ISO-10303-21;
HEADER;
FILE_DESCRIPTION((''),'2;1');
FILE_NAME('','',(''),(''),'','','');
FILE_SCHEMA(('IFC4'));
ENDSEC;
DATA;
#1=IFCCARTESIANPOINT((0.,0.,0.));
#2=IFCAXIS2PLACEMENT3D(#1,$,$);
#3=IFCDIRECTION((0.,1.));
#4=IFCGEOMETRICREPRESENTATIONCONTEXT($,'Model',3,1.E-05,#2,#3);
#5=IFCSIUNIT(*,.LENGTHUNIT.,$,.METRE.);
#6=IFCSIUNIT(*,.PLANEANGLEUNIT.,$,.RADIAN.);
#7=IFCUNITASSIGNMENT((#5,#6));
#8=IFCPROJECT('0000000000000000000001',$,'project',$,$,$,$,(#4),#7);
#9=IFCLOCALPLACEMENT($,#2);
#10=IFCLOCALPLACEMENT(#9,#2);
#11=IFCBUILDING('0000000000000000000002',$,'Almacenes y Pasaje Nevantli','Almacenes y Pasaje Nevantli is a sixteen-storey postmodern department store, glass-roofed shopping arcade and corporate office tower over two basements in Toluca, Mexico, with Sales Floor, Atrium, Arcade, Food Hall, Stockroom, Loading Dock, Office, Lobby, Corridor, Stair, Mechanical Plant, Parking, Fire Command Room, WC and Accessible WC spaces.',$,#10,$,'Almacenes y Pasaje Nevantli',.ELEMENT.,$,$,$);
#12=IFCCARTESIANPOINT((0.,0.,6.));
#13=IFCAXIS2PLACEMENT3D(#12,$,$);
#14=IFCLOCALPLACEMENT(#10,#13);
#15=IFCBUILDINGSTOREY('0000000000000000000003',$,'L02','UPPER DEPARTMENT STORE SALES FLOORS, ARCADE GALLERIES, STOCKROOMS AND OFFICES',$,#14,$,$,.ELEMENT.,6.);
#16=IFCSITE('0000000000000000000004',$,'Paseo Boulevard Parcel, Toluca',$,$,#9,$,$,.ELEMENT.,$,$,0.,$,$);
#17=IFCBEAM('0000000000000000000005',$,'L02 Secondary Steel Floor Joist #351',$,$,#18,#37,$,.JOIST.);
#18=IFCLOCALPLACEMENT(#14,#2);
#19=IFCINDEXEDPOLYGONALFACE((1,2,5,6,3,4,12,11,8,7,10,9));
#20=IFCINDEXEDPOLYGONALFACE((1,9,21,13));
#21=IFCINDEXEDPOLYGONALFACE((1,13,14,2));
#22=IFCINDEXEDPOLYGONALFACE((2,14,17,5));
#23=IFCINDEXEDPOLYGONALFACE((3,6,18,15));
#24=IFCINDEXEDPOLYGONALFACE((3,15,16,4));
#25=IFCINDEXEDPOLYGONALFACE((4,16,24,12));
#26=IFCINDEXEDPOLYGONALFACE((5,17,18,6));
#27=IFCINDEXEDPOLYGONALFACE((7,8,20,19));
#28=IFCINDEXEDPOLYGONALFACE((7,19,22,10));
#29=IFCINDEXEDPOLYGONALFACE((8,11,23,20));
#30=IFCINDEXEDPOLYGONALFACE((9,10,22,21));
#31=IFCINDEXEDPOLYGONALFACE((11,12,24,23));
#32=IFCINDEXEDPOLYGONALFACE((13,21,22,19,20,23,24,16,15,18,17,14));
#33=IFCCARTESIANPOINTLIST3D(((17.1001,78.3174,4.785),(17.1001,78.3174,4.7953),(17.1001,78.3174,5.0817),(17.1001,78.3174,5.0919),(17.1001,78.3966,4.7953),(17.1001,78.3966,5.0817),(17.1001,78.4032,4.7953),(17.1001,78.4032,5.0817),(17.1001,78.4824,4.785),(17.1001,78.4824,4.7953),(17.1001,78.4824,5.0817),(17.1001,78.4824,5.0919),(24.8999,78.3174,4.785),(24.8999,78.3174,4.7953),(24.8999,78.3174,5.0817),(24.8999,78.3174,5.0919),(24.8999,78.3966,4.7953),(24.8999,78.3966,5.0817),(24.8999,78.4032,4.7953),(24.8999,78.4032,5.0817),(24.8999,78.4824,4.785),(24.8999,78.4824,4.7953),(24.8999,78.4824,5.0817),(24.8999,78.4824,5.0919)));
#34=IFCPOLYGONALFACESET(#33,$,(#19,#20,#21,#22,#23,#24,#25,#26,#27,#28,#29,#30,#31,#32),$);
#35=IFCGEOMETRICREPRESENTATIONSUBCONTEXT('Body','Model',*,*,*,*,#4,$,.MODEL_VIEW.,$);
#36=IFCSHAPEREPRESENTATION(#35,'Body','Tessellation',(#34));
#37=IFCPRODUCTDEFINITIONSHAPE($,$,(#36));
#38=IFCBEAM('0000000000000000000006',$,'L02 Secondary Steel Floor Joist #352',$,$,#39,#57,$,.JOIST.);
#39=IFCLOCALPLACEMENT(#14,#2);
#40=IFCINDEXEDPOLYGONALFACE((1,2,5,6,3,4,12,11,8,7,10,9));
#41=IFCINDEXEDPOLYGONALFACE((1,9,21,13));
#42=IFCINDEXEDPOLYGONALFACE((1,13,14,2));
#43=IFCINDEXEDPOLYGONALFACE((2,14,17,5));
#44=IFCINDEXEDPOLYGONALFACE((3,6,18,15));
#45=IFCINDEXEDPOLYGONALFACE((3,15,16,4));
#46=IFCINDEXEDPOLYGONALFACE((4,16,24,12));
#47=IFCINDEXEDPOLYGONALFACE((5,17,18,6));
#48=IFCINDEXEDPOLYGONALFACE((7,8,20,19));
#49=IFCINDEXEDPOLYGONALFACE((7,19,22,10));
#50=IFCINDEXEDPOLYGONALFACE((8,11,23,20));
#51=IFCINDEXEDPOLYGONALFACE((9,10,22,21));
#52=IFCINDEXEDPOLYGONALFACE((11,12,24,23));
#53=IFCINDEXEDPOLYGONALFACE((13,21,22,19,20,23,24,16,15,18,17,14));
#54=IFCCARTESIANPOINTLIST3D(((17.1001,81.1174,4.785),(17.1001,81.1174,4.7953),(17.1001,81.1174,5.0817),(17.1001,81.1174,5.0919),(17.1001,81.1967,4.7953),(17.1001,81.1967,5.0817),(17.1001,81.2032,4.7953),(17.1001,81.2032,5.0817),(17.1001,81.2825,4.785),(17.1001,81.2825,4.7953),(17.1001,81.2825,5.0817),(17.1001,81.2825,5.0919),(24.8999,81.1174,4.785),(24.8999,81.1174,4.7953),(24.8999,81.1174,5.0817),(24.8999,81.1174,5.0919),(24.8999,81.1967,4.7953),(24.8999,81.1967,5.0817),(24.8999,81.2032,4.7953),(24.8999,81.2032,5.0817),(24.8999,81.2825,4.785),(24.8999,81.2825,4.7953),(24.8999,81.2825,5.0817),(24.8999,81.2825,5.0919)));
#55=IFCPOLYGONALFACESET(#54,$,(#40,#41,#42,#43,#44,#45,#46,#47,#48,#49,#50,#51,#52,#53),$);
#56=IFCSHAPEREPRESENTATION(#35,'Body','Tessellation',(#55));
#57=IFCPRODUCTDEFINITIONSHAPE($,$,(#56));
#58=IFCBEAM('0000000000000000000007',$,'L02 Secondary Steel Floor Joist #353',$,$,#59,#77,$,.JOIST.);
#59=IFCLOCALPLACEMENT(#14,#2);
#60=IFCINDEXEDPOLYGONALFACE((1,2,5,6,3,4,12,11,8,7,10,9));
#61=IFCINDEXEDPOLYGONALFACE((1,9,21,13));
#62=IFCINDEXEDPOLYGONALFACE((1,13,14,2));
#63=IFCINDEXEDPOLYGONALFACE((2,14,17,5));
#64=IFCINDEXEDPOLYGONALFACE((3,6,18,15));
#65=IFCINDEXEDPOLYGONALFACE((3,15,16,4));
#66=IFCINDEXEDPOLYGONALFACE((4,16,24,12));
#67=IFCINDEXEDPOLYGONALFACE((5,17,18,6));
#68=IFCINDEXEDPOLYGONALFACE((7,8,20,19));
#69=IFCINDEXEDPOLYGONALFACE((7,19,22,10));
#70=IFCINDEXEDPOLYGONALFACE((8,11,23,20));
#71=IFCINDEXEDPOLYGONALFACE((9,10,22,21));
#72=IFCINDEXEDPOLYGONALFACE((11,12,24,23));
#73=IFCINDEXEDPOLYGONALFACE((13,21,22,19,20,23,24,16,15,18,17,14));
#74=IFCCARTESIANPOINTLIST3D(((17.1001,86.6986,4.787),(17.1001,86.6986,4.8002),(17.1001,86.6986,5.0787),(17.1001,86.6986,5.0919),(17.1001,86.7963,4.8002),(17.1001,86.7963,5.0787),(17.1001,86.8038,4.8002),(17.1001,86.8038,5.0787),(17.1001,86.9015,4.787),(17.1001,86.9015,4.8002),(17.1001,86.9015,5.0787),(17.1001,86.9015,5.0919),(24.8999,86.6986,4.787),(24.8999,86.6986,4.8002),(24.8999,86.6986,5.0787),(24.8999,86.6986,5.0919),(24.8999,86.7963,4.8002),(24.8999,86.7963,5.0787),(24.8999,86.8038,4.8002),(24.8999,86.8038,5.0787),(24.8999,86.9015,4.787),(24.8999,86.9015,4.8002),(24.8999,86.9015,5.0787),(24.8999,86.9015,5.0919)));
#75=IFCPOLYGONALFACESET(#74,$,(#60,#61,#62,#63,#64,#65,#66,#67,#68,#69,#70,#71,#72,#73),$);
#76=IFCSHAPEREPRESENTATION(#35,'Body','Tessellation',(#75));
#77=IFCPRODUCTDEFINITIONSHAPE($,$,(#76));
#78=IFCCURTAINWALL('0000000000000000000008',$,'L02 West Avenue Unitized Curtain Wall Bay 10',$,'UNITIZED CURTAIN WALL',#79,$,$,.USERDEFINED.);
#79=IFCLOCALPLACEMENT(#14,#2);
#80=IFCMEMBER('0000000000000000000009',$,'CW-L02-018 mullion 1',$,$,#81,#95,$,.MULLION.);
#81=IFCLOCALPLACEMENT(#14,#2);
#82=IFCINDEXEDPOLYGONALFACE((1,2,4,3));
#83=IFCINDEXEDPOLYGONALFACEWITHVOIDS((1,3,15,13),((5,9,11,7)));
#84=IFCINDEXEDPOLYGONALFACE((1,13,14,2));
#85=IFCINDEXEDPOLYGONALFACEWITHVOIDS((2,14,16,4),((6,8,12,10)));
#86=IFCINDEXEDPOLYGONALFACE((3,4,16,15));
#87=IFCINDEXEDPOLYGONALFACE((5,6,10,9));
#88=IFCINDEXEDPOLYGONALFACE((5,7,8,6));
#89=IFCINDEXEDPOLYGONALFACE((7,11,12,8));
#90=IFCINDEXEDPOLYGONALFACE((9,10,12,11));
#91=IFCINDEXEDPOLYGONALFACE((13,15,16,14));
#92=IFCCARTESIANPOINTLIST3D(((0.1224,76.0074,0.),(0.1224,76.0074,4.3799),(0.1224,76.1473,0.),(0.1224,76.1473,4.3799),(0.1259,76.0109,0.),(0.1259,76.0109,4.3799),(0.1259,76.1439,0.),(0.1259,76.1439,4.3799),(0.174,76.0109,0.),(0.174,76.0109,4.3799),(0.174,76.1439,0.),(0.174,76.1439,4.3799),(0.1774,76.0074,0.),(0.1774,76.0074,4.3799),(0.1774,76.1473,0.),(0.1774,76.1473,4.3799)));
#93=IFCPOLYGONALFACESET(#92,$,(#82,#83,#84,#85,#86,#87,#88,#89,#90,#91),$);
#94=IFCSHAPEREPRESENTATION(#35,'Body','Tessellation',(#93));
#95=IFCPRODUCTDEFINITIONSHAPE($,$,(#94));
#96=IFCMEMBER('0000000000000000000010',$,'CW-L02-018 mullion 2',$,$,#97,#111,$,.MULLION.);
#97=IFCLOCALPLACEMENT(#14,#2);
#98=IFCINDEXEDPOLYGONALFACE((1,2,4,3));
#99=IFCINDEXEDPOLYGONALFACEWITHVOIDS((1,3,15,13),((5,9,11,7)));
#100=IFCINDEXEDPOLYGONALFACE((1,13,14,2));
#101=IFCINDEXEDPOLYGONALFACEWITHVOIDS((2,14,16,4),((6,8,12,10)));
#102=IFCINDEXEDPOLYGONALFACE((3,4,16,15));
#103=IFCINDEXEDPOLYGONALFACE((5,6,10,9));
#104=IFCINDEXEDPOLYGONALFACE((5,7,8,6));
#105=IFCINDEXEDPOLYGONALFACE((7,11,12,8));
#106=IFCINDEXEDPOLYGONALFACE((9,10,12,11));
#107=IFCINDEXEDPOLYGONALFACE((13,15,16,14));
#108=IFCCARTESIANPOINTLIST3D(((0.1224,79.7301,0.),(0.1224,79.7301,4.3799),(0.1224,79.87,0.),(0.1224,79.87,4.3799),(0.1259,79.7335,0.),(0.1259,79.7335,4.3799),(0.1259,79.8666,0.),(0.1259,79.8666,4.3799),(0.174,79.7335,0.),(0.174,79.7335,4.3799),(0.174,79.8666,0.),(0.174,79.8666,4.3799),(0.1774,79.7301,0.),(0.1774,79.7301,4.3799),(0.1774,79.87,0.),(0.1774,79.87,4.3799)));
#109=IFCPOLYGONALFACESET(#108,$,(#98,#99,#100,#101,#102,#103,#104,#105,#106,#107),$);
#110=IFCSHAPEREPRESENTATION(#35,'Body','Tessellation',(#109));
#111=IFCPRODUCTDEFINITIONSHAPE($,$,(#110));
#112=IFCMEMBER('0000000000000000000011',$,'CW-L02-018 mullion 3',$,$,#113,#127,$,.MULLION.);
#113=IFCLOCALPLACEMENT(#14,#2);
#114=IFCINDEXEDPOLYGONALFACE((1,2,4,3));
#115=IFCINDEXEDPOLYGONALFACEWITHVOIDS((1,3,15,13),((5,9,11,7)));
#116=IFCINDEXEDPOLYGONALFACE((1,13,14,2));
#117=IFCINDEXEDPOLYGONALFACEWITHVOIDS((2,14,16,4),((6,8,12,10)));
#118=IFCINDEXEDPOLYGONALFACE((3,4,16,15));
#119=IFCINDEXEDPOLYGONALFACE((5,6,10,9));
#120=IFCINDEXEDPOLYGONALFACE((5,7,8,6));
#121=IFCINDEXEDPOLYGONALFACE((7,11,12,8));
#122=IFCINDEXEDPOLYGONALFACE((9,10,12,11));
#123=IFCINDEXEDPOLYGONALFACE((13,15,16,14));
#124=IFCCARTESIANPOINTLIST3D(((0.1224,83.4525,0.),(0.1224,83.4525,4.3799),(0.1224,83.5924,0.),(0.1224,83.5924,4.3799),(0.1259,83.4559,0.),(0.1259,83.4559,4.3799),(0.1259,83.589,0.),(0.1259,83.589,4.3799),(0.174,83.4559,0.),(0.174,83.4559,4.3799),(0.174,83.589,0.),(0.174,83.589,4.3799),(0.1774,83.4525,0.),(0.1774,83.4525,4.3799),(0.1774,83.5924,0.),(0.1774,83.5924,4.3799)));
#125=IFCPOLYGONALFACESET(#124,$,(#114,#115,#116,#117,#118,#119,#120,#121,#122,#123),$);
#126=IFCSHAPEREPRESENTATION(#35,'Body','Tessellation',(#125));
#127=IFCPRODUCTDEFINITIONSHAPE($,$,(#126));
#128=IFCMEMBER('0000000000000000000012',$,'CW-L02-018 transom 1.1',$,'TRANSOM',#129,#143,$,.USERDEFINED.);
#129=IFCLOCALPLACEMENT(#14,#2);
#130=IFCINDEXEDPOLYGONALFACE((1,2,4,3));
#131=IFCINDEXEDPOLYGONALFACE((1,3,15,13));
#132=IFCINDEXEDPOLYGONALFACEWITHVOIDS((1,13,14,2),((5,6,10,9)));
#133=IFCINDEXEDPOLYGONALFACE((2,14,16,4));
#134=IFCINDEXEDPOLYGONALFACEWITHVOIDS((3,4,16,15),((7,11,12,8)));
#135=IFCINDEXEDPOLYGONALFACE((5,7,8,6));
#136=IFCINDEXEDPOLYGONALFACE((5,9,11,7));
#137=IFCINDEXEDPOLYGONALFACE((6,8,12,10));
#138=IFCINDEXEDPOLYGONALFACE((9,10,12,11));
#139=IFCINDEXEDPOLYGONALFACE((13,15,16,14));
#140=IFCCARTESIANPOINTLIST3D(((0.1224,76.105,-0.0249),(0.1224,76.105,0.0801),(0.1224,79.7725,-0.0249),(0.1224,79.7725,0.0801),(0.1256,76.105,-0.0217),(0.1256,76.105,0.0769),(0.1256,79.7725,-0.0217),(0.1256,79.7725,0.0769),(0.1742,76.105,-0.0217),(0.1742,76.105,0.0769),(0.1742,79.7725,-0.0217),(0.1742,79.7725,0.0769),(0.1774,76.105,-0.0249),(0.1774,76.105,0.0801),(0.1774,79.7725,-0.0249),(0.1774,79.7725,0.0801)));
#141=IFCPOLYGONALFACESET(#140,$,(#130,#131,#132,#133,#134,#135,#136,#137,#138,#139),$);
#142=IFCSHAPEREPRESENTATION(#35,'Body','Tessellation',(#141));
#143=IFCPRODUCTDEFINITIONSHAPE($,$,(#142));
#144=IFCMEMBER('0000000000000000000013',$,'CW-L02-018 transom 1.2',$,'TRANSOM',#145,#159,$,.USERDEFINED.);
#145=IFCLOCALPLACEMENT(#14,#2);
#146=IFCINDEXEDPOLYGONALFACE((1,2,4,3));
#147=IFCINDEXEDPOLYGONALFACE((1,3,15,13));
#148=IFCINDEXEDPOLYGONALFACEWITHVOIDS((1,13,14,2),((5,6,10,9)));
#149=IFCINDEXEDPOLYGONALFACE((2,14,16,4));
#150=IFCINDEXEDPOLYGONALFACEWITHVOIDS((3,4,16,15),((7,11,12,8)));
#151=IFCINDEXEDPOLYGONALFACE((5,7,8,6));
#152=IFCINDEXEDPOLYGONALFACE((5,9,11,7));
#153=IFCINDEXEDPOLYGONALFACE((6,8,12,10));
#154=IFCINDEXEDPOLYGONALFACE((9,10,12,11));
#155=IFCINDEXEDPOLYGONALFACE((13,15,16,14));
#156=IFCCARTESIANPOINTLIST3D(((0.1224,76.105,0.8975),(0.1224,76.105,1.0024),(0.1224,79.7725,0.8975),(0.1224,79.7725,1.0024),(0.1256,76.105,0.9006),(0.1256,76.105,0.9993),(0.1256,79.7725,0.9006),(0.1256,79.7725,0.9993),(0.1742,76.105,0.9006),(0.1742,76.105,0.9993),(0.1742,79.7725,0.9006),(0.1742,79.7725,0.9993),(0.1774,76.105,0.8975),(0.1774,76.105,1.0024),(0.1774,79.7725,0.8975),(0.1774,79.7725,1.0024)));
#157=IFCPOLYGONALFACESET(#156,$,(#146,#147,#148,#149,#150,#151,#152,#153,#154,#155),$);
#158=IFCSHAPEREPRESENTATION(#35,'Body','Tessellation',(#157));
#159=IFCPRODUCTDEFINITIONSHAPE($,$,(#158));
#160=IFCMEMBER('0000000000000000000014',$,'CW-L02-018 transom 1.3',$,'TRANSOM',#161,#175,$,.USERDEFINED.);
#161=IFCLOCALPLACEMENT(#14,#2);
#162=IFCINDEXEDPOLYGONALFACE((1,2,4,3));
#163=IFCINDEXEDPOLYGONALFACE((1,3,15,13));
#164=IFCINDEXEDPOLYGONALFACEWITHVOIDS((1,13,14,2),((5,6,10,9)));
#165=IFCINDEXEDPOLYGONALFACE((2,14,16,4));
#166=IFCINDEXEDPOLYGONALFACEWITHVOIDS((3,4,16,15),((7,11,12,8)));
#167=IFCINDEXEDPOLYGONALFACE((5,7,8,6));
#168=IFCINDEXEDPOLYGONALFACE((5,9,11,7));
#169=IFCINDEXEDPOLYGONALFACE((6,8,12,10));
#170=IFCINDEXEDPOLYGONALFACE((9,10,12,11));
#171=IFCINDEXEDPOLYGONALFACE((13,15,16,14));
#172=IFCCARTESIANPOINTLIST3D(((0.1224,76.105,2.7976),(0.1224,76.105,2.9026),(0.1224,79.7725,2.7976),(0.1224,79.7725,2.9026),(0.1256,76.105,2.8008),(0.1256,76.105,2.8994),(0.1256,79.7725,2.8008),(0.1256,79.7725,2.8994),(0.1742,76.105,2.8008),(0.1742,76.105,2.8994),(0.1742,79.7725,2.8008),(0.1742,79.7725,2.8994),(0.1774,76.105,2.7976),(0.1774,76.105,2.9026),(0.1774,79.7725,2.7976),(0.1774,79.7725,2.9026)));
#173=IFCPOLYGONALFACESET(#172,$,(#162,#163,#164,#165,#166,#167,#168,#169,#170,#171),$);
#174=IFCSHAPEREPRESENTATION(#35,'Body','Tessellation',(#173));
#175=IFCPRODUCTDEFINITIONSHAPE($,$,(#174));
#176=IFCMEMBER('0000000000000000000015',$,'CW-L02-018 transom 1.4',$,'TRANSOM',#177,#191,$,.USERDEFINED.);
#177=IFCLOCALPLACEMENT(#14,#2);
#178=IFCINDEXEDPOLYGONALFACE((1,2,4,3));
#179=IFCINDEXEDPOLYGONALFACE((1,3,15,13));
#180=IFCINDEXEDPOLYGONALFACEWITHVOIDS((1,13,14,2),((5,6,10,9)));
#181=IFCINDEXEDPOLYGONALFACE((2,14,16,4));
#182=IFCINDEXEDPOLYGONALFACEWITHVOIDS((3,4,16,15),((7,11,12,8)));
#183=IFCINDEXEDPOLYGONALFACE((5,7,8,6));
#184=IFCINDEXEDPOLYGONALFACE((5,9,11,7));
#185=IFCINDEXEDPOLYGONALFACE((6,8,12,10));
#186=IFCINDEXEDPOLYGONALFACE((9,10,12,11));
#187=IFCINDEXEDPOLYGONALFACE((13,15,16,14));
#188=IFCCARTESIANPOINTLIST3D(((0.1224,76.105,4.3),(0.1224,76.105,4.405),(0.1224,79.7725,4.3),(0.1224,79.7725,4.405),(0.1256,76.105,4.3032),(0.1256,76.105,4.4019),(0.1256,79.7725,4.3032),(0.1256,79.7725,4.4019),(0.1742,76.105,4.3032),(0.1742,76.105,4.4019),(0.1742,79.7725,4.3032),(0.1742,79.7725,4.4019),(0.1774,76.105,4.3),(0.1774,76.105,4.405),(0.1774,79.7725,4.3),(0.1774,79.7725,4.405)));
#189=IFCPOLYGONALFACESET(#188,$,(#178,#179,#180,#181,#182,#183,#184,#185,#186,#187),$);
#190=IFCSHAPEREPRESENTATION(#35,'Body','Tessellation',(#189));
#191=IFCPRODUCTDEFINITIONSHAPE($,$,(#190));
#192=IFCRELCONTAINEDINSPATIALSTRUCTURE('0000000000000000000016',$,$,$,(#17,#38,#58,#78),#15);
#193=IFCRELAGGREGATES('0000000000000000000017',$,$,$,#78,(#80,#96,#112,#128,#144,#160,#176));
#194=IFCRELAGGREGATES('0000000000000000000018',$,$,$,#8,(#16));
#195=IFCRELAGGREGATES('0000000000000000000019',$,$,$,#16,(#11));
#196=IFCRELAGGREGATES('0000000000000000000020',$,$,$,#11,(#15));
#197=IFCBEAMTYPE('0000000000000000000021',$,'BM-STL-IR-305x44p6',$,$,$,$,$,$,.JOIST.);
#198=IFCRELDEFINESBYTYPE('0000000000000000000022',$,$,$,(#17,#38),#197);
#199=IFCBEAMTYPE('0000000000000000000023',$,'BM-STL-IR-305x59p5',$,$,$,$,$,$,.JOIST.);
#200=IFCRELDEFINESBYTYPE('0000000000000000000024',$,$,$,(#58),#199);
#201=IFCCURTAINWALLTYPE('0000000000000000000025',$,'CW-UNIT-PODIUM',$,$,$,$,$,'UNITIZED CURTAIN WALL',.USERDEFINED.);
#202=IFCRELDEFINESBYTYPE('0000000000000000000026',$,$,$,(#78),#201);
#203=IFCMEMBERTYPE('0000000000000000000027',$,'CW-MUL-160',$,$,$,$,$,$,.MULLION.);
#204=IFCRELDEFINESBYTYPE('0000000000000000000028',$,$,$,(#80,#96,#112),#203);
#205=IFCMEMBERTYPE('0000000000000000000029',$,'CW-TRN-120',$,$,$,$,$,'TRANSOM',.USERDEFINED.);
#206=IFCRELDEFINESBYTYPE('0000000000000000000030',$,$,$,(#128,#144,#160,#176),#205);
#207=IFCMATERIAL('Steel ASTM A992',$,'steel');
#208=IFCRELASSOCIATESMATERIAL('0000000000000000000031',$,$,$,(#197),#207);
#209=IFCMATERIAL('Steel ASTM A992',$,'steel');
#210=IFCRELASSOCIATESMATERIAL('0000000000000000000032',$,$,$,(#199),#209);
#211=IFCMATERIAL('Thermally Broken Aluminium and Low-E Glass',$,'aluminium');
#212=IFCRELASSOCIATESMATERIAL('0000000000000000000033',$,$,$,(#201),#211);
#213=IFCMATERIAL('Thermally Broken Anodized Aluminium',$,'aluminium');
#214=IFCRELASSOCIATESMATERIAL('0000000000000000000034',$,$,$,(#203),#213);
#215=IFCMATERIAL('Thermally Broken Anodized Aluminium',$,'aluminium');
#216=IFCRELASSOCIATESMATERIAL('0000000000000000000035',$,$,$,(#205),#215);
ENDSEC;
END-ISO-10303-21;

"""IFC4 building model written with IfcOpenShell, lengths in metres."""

from ifc_helpers import new_model, si_unit, direction, frame, origin, origin_2d, place, context, subcontext, project, spatial, hollow_rectangle, i_section, extrude, material, material_profile, profile_set, type_object, element, aggregate, save


model = new_model("IFC4")

# Units and contexts
model_context = context("Model", 3, precision=1e-05, world=origin(), true_north=direction((0.0, 1.0)))
body_context = subcontext(model_context, "Body", "Model", "MODEL_VIEW")
ifc_project = project(units=[si_unit("LENGTHUNIT", "METRE"), si_unit("PLANEANGLEUNIT", "RADIAN")], contexts=[model_context])

# Site, building, storey
site_placement = place(None, origin())
site = spatial("IfcSite", under=ifc_project, at=site_placement, Name="Paseo Boulevard Parcel, Toluca", CompositionType="ELEMENT", RefElevation=0.0)
building_placement = place(site_placement, origin())
building = spatial("IfcBuilding", under=site, at=building_placement, Name="Almacenes y Pasaje Nevantli", Description="Almacenes y Pasaje Nevantli is a sixteen-storey postmodern department store, glass-roofed shopping arcade and corporate office tower over two basements in Toluca, Mexico, with Sales Floor, Atrium, Arcade, Food Hall, Stockroom, Loading Dock, Office, Lobby, Corridor, Stair, Mechanical Plant, Parking, Fire Command Room, WC and Accessible WC spaces.", LongName="Almacenes y Pasaje Nevantli", CompositionType="ELEMENT")
storey_placement = place(building_placement, frame((0.0, 0.0, 6.0)))
storey = spatial("IfcBuildingStorey", under=building, at=storey_placement, Name="L02", Description="UPPER DEPARTMENT STORE SALES FLOORS, ARCADE GALLERIES, STOCKROOMS AND OFFICES", CompositionType="ELEMENT", Elevation=6.0)

# Beams
ifc_material_1 = material(Name="Steel ASTM A992", Category="steel")
ifc_material_profile_1 = material_profile(ifc_material_1, i_section(OverallWidth=0.165, OverallDepth=0.3069, WebThickness=0.0066, FlangeThickness=0.0103, at=origin_2d()), Name="IR 305x44.6")
ifc_profile_set_1 = profile_set([ifc_material_profile_1], Name="Steel ASTM A992")
beam_type_1 = type_object("IfcBeamType", Name="BM-STL-IR-305x44p6", PredefinedType="JOIST", material=ifc_profile_set_1)
for number, where, z_axis, x_axis, name in (
    (1, (17.1001, 78.3999, 4.9385), (1.0, 0.0, 0.0), (0.0, 1.0, 0.0), "L02 Secondary Steel Floor Joist #351"),
    (2, (17.1001, 81.2, 4.9385), (1.0, 0.0, 0.0), (0.0, 1.0, 0.0), "L02 Secondary Steel Floor Joist #352"),
):
    element("IfcBeam", number, at=place(storey_placement, frame(where, z_axis=z_axis, x_axis=x_axis)), inside=storey, type_object=beam_type_1, Name=name, PredefinedType="JOIST", context=body_context, shape_type="SweptSolid", body=[
        extrude(i_section(OverallWidth=0.165, OverallDepth=0.3069, WebThickness=0.0066, FlangeThickness=0.0103, at=origin_2d()), origin(), (0.0, 0.0, 1.0), 7.7998),
    ])
ifc_material_2 = material(Name="Steel ASTM A992", Category="steel")
ifc_material_profile_2 = material_profile(ifc_material_2, i_section(OverallWidth=0.2029, OverallDepth=0.3049, WebThickness=0.0076, FlangeThickness=0.0132, at=origin_2d()), Name="IR 305x59.5")
ifc_profile_set_2 = profile_set([ifc_material_profile_2], Name="Steel ASTM A992")
beam_type_2 = type_object("IfcBeamType", Name="BM-STL-IR-305x59p5", PredefinedType="JOIST", material=ifc_profile_set_2)
beam_1_placement = place(storey_placement, frame((17.1001, 86.8, 4.9395), z_axis=(1.0, 0.0, 0.0), x_axis=(0.0, 1.0, 0.0)))
element("IfcBeam", 3, at=beam_1_placement, inside=storey, type_object=beam_type_2, Name="L02 Secondary Steel Floor Joist #353", PredefinedType="JOIST", context=body_context, shape_type="SweptSolid", body=[
    extrude(i_section(OverallWidth=0.2029, OverallDepth=0.3049, WebThickness=0.0076, FlangeThickness=0.0132, at=origin_2d()), origin(), (0.0, 0.0, 1.0), 7.7998),
])

# Curtain wall, members
ifc_material_3 = material(Name="Thermally Broken Aluminium and Low-E Glass", Category="aluminium")
curtain_wall_type = type_object("IfcCurtainWallType", Name="CW-UNIT-PODIUM", ElementType="UNITIZED CURTAIN WALL", PredefinedType="USERDEFINED", material=ifc_material_3)
curtain_wall_placement = place(storey_placement, origin())
curtain_wall = element("IfcCurtainWall", 4, at=curtain_wall_placement, inside=storey, type_object=curtain_wall_type, Name="L02 West Avenue Unitized Curtain Wall Bay 10", ObjectType="UNITIZED CURTAIN WALL", PredefinedType="USERDEFINED")
ifc_material_4 = material(Name="Thermally Broken Anodized Aluminium", Category="aluminium")
ifc_material_profile_3 = material_profile(ifc_material_4, hollow_rectangle(XDim=0.0549, YDim=0.1399, WallThickness=0.0034, at=origin_2d()), Name="ALU-MUL-55x140")
ifc_profile_set_3 = profile_set([ifc_material_profile_3], Name="Thermally Broken Anodized Aluminium")
member_type_1 = type_object("IfcMemberType", Name="CW-MUL-160", PredefinedType="MULLION", material=ifc_profile_set_3)
member_1_placement = place(storey_placement, frame((0.1499, 76.0774, 0.0), z_axis=(0.0, 0.0, 1.0), x_axis=(-1.0, 0.0, 0.0)))
member_1 = element("IfcMember", 5, at=member_1_placement, type_object=member_type_1, Name="CW-L02-018 mullion 1", PredefinedType="MULLION", context=body_context, shape_type="SweptSolid", body=[
    extrude(hollow_rectangle(XDim=0.0549, YDim=0.1399, WallThickness=0.0034, at=origin_2d()), origin(), (0.0, 0.0, 1.0), 4.3799),
])
member_2_placement = place(storey_placement, frame((0.1499, 79.8, 0.0), z_axis=(0.0, 0.0, 1.0), x_axis=(-1.0, 0.0, 0.0)))
member_2 = element("IfcMember", 6, at=member_2_placement, type_object=member_type_1, Name="CW-L02-018 mullion 2", PredefinedType="MULLION", context=body_context, shape_type="SweptSolid", body=[
    extrude(hollow_rectangle(XDim=0.0549, YDim=0.1399, WallThickness=0.0034, at=origin_2d()), origin(), (0.0, 0.0, 1.0), 4.3799),
])
member_3_placement = place(storey_placement, frame((0.1499, 83.5225, 0.0), z_axis=(0.0, 0.0, 1.0), x_axis=(-1.0, 0.0, 0.0)))
member_3 = element("IfcMember", 7, at=member_3_placement, type_object=member_type_1, Name="CW-L02-018 mullion 3", PredefinedType="MULLION", context=body_context, shape_type="SweptSolid", body=[
    extrude(hollow_rectangle(XDim=0.0549, YDim=0.1399, WallThickness=0.0034, at=origin_2d()), origin(), (0.0, 0.0, 1.0), 4.3799),
])
ifc_material_5 = material(Name="Thermally Broken Anodized Aluminium", Category="aluminium")
ifc_material_profile_4 = material_profile(ifc_material_5, hollow_rectangle(XDim=0.0549, YDim=0.105, WallThickness=0.0032, at=origin_2d()), Name="ALU-TRN-55x105")
ifc_profile_set_4 = profile_set([ifc_material_profile_4], Name="Thermally Broken Anodized Aluminium")
member_type_2 = type_object("IfcMemberType", Name="CW-TRN-120", ElementType="TRANSOM", PredefinedType="USERDEFINED", material=ifc_profile_set_4)
member_4_placement = place(storey_placement, frame((0.1499, 76.105, 0.0276), z_axis=(0.0, 1.0, 0.0), x_axis=(-1.0, 0.0, 0.0)))
member_4 = element("IfcMember", 8, at=member_4_placement, type_object=member_type_2, Name="CW-L02-018 transom 1.1", ObjectType="TRANSOM", PredefinedType="USERDEFINED", context=body_context, shape_type="SweptSolid", body=[
    extrude(hollow_rectangle(XDim=0.0549, YDim=0.105, WallThickness=0.0032, at=origin_2d()), origin(), (0.0, 0.0, 1.0), 3.6675),
])
member_5_placement = place(storey_placement, frame((0.1499, 76.105, 0.95), z_axis=(0.0, 1.0, 0.0), x_axis=(-1.0, 0.0, 0.0)))
member_5 = element("IfcMember", 9, at=member_5_placement, type_object=member_type_2, Name="CW-L02-018 transom 1.2", ObjectType="TRANSOM", PredefinedType="USERDEFINED", context=body_context, shape_type="SweptSolid", body=[
    extrude(hollow_rectangle(XDim=0.0549, YDim=0.105, WallThickness=0.0032, at=origin_2d()), origin(), (0.0, 0.0, 1.0), 3.6675),
])
member_6_placement = place(storey_placement, frame((0.1499, 76.105, 2.8501), z_axis=(0.0, 1.0, 0.0), x_axis=(-1.0, 0.0, 0.0)))
member_6 = element("IfcMember", 10, at=member_6_placement, type_object=member_type_2, Name="CW-L02-018 transom 1.3", ObjectType="TRANSOM", PredefinedType="USERDEFINED", context=body_context, shape_type="SweptSolid", body=[
    extrude(hollow_rectangle(XDim=0.0549, YDim=0.105, WallThickness=0.0032, at=origin_2d()), origin(), (0.0, 0.0, 1.0), 3.6675),
])
member_7_placement = place(storey_placement, frame((0.1499, 76.105, 4.3525), z_axis=(0.0, 1.0, 0.0), x_axis=(-1.0, 0.0, 0.0)))
member_7 = element("IfcMember", 11, at=member_7_placement, type_object=member_type_2, Name="CW-L02-018 transom 1.4", ObjectType="TRANSOM", PredefinedType="USERDEFINED", context=body_context, shape_type="SweptSolid", body=[
    extrude(hollow_rectangle(XDim=0.0549, YDim=0.105, WallThickness=0.0032, at=origin_2d()), origin(), (0.0, 0.0, 1.0), 3.6675),
])
aggregate(curtain_wall, [member_1, member_2, member_3, member_4, member_5, member_6, member_7])

save(model, "model.ifc")
